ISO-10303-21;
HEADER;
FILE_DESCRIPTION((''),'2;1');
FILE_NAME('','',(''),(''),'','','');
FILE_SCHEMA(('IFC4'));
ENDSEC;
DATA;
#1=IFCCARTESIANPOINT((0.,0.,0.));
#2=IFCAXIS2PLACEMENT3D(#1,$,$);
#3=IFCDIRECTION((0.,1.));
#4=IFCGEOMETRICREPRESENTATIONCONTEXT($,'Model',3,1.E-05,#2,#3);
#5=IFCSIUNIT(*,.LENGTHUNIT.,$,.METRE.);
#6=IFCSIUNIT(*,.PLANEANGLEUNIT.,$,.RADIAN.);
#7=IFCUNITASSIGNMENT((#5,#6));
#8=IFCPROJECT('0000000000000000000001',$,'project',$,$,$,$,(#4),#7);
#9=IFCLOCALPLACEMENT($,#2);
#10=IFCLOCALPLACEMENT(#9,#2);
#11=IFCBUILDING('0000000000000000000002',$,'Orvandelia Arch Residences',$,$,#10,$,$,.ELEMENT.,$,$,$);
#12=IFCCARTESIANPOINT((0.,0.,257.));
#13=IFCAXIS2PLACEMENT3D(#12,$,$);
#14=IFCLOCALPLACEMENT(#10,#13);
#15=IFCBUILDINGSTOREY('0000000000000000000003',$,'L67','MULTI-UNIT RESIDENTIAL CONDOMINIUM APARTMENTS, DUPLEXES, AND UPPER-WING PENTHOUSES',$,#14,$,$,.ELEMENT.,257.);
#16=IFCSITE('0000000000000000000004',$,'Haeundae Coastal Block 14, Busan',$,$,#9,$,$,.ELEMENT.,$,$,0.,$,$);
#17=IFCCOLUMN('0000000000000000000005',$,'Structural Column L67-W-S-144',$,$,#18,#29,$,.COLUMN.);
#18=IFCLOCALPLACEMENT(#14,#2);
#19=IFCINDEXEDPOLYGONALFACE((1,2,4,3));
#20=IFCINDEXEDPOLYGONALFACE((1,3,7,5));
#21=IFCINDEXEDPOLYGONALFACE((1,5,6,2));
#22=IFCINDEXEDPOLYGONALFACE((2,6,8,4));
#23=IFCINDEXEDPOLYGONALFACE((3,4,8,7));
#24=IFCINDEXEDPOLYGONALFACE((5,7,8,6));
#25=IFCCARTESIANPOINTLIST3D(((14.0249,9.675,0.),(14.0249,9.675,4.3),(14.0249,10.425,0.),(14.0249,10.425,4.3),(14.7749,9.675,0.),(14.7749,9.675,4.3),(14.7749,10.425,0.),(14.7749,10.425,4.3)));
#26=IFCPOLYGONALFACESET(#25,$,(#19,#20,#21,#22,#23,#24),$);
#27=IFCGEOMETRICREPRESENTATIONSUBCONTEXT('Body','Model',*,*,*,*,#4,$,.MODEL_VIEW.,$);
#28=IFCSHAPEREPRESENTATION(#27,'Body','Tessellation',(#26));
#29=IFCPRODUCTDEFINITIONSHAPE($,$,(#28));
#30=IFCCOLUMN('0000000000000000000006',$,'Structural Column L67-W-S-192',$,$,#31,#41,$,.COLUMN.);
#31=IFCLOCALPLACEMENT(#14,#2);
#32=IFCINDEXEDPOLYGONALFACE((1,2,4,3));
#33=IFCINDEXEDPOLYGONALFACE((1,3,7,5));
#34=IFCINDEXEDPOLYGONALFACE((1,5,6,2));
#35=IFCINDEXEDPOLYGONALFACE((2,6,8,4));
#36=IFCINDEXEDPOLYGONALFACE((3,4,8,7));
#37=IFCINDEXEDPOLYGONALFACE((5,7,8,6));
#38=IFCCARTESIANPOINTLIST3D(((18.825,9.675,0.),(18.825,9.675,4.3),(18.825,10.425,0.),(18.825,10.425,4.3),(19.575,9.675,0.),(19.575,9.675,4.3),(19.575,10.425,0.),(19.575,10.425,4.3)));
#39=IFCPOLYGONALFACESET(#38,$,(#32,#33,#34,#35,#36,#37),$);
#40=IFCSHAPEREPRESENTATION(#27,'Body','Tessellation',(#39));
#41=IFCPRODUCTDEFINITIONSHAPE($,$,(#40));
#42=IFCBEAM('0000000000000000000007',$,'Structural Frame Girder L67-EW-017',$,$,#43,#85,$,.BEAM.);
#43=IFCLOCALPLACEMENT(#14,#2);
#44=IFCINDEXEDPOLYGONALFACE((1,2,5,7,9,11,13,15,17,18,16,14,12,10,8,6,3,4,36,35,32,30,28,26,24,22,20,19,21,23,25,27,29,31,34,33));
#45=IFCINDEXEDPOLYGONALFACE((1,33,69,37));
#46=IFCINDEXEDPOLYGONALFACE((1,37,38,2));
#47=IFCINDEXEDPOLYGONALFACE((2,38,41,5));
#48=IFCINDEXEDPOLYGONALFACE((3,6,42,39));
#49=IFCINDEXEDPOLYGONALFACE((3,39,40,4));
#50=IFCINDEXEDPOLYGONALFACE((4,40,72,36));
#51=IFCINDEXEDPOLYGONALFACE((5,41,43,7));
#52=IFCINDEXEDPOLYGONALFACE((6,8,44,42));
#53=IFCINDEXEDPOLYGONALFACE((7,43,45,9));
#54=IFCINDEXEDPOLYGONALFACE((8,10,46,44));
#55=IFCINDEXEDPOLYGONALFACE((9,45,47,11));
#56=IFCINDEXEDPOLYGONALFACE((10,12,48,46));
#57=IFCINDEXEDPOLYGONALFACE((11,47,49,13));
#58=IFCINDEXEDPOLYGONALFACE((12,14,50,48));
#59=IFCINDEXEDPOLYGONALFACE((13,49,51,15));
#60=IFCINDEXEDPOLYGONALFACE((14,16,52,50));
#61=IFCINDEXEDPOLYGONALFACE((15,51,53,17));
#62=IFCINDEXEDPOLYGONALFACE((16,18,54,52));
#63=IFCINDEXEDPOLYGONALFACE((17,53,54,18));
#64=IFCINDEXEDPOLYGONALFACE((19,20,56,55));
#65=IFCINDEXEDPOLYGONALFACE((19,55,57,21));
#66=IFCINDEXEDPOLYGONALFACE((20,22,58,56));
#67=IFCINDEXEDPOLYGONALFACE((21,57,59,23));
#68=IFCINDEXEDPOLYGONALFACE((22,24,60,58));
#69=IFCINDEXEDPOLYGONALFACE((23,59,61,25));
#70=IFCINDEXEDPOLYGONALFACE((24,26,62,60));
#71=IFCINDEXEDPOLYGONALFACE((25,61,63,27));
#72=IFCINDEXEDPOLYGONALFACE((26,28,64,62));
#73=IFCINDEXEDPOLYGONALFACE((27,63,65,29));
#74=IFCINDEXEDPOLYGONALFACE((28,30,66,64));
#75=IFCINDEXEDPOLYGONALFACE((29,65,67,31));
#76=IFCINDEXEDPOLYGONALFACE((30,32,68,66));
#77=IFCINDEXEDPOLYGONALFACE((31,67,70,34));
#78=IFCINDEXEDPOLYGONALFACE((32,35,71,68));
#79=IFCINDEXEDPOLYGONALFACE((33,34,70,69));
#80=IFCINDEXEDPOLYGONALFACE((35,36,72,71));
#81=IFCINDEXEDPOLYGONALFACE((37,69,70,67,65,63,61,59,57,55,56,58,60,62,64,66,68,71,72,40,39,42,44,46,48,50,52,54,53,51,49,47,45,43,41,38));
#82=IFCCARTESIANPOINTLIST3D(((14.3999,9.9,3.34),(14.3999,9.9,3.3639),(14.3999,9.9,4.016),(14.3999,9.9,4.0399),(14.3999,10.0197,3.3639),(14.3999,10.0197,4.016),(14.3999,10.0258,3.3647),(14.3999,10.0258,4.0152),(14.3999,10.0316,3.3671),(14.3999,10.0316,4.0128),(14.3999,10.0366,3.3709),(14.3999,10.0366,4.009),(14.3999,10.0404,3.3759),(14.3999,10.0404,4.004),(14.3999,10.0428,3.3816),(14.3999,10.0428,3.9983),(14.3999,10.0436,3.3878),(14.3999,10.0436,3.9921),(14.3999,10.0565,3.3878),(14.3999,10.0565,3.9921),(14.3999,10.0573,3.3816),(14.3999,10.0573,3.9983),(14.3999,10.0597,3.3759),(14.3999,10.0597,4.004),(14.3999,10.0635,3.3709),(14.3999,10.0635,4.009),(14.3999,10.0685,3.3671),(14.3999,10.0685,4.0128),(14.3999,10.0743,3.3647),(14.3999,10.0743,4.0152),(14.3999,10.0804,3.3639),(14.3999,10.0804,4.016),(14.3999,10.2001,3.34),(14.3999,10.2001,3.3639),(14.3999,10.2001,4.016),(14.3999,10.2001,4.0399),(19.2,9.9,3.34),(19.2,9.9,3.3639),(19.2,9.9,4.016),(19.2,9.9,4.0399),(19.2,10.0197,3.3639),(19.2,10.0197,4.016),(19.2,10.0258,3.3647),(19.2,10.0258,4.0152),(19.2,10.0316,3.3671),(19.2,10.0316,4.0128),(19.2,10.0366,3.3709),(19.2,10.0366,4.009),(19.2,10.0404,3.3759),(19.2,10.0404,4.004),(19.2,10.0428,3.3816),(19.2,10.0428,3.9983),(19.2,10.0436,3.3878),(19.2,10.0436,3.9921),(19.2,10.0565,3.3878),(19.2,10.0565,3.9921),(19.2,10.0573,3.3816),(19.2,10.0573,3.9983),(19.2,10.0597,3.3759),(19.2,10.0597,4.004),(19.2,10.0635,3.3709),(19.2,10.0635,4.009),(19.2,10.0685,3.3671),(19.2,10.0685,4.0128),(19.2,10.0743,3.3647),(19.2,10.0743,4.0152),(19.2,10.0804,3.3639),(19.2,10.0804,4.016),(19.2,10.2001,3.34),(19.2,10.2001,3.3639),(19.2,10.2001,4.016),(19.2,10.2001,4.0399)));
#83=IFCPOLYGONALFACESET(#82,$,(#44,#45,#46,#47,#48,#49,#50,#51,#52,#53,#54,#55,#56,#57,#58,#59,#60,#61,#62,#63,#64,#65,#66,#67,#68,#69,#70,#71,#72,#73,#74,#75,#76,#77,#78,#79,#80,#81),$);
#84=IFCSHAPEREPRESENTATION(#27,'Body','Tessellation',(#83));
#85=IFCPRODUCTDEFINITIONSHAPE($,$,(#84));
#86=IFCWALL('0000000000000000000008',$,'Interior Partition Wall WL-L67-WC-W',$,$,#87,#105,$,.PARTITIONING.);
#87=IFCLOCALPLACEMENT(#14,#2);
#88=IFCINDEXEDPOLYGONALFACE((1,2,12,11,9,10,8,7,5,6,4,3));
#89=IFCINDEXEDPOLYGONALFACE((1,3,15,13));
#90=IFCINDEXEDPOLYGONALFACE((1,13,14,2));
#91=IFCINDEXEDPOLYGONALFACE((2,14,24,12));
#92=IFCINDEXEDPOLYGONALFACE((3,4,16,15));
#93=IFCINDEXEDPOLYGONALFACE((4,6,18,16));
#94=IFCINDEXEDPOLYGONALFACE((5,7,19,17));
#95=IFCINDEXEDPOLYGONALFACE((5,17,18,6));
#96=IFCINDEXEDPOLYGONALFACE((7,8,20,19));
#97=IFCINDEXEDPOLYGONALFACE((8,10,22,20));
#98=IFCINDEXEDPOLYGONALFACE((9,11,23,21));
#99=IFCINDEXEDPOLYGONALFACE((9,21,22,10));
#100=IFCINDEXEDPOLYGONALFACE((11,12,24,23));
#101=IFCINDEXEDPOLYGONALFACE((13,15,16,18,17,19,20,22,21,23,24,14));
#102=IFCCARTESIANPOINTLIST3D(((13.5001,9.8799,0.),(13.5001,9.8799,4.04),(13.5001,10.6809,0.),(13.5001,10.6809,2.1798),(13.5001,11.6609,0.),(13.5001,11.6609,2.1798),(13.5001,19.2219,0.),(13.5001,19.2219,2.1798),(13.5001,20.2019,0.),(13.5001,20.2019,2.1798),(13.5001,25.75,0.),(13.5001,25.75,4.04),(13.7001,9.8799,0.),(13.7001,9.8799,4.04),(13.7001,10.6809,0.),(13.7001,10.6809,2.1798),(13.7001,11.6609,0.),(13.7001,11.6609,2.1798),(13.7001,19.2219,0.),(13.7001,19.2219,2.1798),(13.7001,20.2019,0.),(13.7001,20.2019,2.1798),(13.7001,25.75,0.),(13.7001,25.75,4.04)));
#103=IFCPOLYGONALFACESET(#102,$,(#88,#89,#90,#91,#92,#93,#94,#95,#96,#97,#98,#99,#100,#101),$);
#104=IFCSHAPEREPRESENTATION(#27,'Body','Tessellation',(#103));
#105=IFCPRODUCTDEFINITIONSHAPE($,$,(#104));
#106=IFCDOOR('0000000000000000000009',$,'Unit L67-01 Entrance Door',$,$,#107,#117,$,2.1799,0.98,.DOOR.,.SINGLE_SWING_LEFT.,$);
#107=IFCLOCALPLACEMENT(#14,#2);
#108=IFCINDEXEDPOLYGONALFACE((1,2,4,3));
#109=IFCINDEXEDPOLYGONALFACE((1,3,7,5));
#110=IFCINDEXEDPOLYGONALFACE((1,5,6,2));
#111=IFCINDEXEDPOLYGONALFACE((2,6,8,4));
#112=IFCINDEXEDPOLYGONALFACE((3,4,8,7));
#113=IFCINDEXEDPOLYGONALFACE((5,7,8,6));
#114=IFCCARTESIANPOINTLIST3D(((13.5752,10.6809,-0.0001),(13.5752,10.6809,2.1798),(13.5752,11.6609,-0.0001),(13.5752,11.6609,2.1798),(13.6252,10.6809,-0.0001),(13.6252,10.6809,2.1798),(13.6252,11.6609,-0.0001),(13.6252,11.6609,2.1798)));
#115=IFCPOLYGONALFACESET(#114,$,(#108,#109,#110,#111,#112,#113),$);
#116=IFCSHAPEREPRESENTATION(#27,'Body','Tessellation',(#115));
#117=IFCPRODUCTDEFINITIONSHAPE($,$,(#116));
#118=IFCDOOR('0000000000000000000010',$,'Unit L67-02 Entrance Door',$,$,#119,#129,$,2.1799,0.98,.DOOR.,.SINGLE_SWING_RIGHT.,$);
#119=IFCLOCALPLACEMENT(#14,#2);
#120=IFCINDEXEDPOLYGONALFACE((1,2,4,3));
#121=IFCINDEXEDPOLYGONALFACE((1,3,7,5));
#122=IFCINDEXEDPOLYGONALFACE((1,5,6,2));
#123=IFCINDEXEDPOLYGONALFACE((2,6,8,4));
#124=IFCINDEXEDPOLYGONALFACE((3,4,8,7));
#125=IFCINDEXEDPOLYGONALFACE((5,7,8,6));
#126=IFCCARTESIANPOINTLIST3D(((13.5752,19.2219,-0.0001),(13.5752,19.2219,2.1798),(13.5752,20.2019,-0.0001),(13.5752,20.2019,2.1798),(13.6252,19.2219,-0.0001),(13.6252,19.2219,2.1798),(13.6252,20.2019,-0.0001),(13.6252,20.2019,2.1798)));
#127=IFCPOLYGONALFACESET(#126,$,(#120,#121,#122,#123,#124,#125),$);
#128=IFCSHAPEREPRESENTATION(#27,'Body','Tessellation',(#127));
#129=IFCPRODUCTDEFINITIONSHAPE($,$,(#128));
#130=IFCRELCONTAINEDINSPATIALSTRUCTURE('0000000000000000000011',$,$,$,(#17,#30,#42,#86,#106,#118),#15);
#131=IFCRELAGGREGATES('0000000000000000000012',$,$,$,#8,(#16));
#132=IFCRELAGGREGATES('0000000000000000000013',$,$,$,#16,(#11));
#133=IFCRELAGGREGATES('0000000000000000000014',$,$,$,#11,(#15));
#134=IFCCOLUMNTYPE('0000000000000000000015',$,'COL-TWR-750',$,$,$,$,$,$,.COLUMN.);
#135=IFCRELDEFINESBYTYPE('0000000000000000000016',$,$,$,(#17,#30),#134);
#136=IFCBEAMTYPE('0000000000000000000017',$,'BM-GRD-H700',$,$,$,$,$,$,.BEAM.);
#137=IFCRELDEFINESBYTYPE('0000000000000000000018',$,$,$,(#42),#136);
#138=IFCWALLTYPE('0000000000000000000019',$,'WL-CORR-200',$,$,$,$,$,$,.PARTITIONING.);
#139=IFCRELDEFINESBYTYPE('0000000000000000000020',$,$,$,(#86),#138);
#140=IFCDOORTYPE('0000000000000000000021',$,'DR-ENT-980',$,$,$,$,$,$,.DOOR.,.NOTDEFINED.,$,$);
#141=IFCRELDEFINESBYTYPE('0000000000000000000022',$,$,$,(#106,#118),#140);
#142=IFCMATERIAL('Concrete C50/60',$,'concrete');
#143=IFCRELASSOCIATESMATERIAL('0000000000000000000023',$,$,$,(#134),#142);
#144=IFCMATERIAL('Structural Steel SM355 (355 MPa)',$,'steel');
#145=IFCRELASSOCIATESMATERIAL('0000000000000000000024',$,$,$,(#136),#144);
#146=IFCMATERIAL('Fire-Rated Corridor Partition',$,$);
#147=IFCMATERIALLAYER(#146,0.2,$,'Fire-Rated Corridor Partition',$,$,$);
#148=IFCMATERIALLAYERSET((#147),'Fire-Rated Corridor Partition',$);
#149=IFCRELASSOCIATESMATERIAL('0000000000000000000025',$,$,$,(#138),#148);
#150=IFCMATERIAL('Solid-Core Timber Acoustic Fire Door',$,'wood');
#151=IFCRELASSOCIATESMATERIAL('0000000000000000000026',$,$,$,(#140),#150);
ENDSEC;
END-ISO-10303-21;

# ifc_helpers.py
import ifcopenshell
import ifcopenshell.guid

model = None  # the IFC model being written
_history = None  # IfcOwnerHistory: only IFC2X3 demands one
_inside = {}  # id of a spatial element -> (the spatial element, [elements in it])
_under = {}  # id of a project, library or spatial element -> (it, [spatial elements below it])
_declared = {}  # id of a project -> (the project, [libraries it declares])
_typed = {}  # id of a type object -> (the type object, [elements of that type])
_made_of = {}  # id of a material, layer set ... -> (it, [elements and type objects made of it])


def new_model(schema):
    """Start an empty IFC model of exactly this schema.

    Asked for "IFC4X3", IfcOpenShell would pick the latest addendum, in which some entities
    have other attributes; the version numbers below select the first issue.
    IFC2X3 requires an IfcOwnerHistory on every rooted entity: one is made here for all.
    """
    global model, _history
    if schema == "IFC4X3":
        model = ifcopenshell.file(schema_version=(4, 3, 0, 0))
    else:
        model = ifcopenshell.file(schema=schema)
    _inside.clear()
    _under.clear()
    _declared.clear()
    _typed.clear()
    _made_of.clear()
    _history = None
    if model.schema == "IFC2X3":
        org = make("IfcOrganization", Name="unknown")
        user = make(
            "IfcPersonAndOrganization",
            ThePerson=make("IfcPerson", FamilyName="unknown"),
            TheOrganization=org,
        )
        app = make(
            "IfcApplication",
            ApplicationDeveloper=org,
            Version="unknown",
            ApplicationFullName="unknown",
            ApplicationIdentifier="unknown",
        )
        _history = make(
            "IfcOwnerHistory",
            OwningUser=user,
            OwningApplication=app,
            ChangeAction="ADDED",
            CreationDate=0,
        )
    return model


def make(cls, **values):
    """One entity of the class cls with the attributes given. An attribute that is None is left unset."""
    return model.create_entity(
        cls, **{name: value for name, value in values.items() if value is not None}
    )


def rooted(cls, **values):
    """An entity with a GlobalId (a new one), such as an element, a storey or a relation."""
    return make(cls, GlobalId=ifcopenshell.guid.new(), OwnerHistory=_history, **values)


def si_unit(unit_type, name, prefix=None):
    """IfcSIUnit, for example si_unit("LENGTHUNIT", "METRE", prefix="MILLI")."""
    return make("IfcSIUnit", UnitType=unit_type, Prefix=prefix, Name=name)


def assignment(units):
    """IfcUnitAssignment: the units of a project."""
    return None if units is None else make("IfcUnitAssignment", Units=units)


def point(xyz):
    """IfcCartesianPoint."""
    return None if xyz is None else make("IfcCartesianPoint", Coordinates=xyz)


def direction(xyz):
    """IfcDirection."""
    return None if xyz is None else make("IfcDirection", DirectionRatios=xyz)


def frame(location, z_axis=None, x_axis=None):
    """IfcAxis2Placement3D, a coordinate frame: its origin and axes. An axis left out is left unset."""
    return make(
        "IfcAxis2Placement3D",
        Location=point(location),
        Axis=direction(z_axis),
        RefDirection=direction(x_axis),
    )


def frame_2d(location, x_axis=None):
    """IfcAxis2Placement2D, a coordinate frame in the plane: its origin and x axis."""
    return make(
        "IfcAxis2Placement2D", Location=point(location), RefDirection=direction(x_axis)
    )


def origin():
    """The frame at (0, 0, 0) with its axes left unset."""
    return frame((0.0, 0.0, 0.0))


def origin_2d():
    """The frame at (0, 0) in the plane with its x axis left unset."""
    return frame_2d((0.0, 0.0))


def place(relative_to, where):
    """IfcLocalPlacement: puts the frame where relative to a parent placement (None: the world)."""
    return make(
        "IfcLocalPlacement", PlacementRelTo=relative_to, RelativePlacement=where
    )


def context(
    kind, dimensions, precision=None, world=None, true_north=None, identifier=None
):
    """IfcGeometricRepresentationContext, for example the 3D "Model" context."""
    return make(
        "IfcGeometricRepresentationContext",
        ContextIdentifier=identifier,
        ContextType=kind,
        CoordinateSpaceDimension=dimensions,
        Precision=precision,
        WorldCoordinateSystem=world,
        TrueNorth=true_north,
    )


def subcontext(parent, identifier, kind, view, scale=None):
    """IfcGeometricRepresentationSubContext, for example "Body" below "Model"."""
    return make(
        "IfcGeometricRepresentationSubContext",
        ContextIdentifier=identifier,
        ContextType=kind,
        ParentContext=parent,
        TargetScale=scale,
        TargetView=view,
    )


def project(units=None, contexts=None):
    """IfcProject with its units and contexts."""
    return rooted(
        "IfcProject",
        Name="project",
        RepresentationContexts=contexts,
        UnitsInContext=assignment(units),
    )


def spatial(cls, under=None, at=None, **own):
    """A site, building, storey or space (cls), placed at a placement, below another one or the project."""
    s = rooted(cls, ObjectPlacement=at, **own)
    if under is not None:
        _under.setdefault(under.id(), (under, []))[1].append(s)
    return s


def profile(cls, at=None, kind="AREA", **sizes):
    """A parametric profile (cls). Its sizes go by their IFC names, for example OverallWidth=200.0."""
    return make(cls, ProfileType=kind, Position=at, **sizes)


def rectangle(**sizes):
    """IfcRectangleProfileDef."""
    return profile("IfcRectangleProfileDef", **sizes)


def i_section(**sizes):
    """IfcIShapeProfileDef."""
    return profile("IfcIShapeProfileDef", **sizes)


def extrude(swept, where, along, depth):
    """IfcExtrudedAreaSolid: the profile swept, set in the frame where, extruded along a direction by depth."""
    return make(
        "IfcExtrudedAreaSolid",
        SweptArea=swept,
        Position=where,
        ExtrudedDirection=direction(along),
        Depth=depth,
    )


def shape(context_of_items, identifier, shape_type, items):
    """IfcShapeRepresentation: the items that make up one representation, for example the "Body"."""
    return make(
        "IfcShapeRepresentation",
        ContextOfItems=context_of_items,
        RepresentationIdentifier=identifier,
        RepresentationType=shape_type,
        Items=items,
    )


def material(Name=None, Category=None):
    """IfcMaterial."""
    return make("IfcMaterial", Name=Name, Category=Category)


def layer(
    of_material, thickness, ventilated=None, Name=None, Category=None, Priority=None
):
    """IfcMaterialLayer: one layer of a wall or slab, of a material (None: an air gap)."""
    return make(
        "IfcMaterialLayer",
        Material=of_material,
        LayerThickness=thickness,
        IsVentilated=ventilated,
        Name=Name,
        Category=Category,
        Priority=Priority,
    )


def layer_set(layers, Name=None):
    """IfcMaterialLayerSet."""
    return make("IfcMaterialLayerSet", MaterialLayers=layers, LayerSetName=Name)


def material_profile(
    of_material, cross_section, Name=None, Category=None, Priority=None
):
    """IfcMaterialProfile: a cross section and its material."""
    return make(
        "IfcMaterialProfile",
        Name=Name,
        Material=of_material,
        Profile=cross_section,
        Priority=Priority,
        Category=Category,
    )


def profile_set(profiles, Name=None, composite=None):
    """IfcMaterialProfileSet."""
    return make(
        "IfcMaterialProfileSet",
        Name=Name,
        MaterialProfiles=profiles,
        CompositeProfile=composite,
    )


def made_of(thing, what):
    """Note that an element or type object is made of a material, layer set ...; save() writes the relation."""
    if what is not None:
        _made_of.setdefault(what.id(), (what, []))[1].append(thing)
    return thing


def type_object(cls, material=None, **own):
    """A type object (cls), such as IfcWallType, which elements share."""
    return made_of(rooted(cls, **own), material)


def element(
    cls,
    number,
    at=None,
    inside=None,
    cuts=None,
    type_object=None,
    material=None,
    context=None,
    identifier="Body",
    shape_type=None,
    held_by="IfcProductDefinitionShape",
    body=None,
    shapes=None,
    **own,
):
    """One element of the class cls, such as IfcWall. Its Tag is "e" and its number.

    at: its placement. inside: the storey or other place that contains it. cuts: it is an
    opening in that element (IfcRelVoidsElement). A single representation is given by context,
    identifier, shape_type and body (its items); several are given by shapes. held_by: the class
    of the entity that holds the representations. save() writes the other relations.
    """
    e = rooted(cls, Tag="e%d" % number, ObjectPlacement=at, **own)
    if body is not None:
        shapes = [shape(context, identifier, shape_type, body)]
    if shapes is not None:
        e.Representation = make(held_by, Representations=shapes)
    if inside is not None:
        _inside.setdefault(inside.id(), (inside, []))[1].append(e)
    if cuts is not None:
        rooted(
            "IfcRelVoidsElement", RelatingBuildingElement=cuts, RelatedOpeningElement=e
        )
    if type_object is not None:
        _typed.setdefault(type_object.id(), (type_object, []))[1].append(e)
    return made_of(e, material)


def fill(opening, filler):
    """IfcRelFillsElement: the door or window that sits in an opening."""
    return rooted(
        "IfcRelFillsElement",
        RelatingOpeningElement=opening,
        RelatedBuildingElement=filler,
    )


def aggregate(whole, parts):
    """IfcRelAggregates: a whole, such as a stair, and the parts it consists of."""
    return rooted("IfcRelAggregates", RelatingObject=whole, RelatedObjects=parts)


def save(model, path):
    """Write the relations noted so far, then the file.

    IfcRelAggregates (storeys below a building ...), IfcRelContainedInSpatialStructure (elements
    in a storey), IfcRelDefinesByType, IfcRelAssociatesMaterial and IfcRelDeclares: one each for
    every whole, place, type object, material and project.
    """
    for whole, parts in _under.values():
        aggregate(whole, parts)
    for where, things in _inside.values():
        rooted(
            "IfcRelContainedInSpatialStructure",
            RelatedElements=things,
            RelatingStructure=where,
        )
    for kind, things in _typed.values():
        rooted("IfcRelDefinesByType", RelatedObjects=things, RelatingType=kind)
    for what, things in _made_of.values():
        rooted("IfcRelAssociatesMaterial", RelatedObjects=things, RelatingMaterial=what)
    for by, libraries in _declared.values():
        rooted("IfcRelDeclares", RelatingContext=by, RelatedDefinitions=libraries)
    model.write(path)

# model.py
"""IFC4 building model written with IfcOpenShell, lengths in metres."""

from ifc_helpers import new_model, si_unit, direction, frame, frame_2d, origin, origin_2d, place, context, subcontext, project, spatial, rectangle, i_section, extrude, material, layer, layer_set, material_profile, profile_set, type_object, element, fill, save


model = new_model("IFC4")

# Units and contexts
model_context = context("Model", 3, precision=1e-05, world=origin(), true_north=direction((0.0, 1.0)))
body_context = subcontext(model_context, "Body", "Model", "MODEL_VIEW")
ifc_project = project(units=[si_unit("LENGTHUNIT", "METRE"), si_unit("PLANEANGLEUNIT", "RADIAN")], contexts=[model_context])

# Site, building, storey
site_placement = place(None, origin())
site = spatial("IfcSite", under=ifc_project, at=site_placement, Name="Haeundae Coastal Block 14, Busan", CompositionType="ELEMENT", RefElevation=0.0)
building_placement = place(site_placement, origin())
building = spatial("IfcBuilding", under=site, at=building_placement, Name="Orvandelia Arch Residences", CompositionType="ELEMENT")
storey_placement = place(building_placement, frame((0.0, 0.0, 257.0)))
storey = spatial("IfcBuildingStorey", under=building, at=storey_placement, Name="L67", Description="MULTI-UNIT RESIDENTIAL CONDOMINIUM APARTMENTS, DUPLEXES, AND UPPER-WING PENTHOUSES", CompositionType="ELEMENT", Elevation=257.0)

# Columns
ifc_material_1 = material(Name="Concrete C50/60", Category="concrete")
ifc_material_profile_1 = material_profile(ifc_material_1, rectangle(XDim=0.75, YDim=0.75, at=origin_2d()), Name="Concrete C50/60", Category="concrete")
ifc_profile_set_1 = profile_set([ifc_material_profile_1], Name="Concrete C50/60")
column_type = type_object("IfcColumnType", Name="COL-TWR-750", PredefinedType="COLUMN", material=ifc_profile_set_1)
for number, where, z_axis, x_axis, name in (
    (1, (14.3999, 10.05, 0.0), (0.0, 0.0, 1.0), (1.0, 0.0, 0.0), "Structural Column L67-W-S-144"),
    (2, (19.2, 10.05, 0.0), (0.0, 0.0, 1.0), (1.0, 0.0, 0.0), "Structural Column L67-W-S-192"),
):
    element("IfcColumn", number, at=place(storey_placement, frame(where, z_axis=z_axis, x_axis=x_axis)), inside=storey, type_object=column_type, Name=name, PredefinedType="COLUMN", context=body_context, shape_type="SweptSolid", body=[
        extrude(rectangle(XDim=0.75, YDim=0.75, at=origin_2d()), origin(), (0.0, 0.0, 1.0), 4.3),
    ])

# Beam
ifc_material_2 = material(Name="Structural Steel SM355 (355 MPa)", Category="steel")
ifc_material_profile_2 = material_profile(ifc_material_2, i_section(OverallWidth=0.3, OverallDepth=0.7, WebThickness=0.0129, FlangeThickness=0.0239, FilletRadius=0.0239, at=origin_2d()), Name="Structural Steel SM355 (355 MPa)", Category="steel")
ifc_profile_set_2 = profile_set([ifc_material_profile_2], Name="Structural Steel SM355 (355 MPa)")
beam_type = type_object("IfcBeamType", Name="BM-GRD-H700", PredefinedType="BEAM", material=ifc_profile_set_2)
beam_placement = place(storey_placement, frame((14.3999, 10.05, 3.6899), z_axis=(1.0, 0.0, 0.0), x_axis=(0.0, 1.0, 0.0)))
element("IfcBeam", 3, at=beam_placement, inside=storey, type_object=beam_type, Name="Structural Frame Girder L67-EW-017", PredefinedType="BEAM", context=body_context, shape_type="SweptSolid", body=[
    extrude(i_section(OverallWidth=0.3, OverallDepth=0.7, WebThickness=0.0129, FlangeThickness=0.0239, FilletRadius=0.0239, at=origin_2d()), origin(), (0.0, 0.0, 1.0), 4.8),
])

# Wall, openings, doors
ifc_material_3 = material(Name="Fire-Rated Corridor Partition")
ifc_layer_1 = layer(ifc_material_3, 0.2, Name="Fire-Rated Corridor Partition")
ifc_layer_set_1 = layer_set([ifc_layer_1], Name="Fire-Rated Corridor Partition")
wall_type_1 = type_object("IfcWallType", Name="WL-CORR-200", PredefinedType="PARTITIONING", material=ifc_layer_set_1)
wall_1_placement = place(storey_placement, frame((13.6001, 9.8799, 0.0), z_axis=(0.0, 0.0, 1.0), x_axis=(0.0, 1.0, 0.0)))
wall_1 = element("IfcWall", 4, at=wall_1_placement, inside=storey, type_object=wall_type_1, Name="Interior Partition Wall WL-L67-WC-W", PredefinedType="PARTITIONING", context=body_context, shape_type="SweptSolid", body=[
    extrude(rectangle(XDim=15.8701, YDim=0.2, at=frame_2d((7.9351, 0.0))), origin(), (0.0, 0.0, 1.0), 4.04),
])
opening_1_placement = place(wall_1_placement, frame((0.801, 0.0, 0.0)))
opening_1 = element("IfcOpeningElement", 5, at=opening_1_placement, cuts=wall_1, PredefinedType="OPENING", context=body_context, shape_type="SweptSolid", body=[
    extrude(rectangle(XDim=0.98, YDim=2.1799, at=frame_2d((0.49, 1.0898))), frame((0.0, 0.1099, 0.0), z_axis=(0.0, -1.0, 0.0), x_axis=(1.0, 0.0, 0.0)), (0.0, 0.0, 1.0), 0.22),
])
opening_2_placement = place(wall_1_placement, frame((9.342, 0.0, 0.0)))
opening_2 = element("IfcOpeningElement", 6, at=opening_2_placement, cuts=wall_1, PredefinedType="OPENING", context=body_context, shape_type="SweptSolid", body=[
    extrude(rectangle(XDim=0.98, YDim=2.1799, at=frame_2d((0.49, 1.0898))), frame((0.0, 0.1099, 0.0), z_axis=(0.0, -1.0, 0.0), x_axis=(1.0, 0.0, 0.0)), (0.0, 0.0, 1.0), 0.22),
])
ifc_material_4 = material(Name="Solid-Core Timber Acoustic Fire Door", Category="wood")
door_type_1 = type_object("IfcDoorType", Name="DR-ENT-980", OperationType="NOTDEFINED", PredefinedType="DOOR", material=ifc_material_4)
door_1_placement = place(opening_1_placement, origin())
door_1 = element("IfcDoor", 7, at=door_1_placement, inside=storey, type_object=door_type_1, Name="Unit L67-01 Entrance Door", OperationType="SINGLE_SWING_LEFT", OverallHeight=2.1799, OverallWidth=0.98, PredefinedType="DOOR", context=body_context, shape_type="SweptSolid", body=[
    extrude(rectangle(XDim=0.98, YDim=2.1799, at=frame_2d((0.49, 1.0898))), frame((0.0, 0.0249, 0.0), z_axis=(0.0, -1.0, 0.0), x_axis=(1.0, 0.0, 0.0)), (0.0, 0.0, 1.0), 0.05),
])
fill(opening_1, door_1)
door_2_placement = place(opening_2_placement, origin())
door_2 = element("IfcDoor", 8, at=door_2_placement, inside=storey, type_object=door_type_1, Name="Unit L67-02 Entrance Door", OperationType="SINGLE_SWING_RIGHT", OverallHeight=2.1799, OverallWidth=0.98, PredefinedType="DOOR", context=body_context, shape_type="SweptSolid", body=[
    extrude(rectangle(XDim=0.98, YDim=2.1799, at=frame_2d((0.49, 1.0898))), frame((0.0, 0.0249, 0.0), z_axis=(0.0, -1.0, 0.0), x_axis=(1.0, 0.0, 0.0)), (0.0, 0.0, 1.0), 0.05),
])
fill(opening_2, door_2)

save(model, "model.ifc")
